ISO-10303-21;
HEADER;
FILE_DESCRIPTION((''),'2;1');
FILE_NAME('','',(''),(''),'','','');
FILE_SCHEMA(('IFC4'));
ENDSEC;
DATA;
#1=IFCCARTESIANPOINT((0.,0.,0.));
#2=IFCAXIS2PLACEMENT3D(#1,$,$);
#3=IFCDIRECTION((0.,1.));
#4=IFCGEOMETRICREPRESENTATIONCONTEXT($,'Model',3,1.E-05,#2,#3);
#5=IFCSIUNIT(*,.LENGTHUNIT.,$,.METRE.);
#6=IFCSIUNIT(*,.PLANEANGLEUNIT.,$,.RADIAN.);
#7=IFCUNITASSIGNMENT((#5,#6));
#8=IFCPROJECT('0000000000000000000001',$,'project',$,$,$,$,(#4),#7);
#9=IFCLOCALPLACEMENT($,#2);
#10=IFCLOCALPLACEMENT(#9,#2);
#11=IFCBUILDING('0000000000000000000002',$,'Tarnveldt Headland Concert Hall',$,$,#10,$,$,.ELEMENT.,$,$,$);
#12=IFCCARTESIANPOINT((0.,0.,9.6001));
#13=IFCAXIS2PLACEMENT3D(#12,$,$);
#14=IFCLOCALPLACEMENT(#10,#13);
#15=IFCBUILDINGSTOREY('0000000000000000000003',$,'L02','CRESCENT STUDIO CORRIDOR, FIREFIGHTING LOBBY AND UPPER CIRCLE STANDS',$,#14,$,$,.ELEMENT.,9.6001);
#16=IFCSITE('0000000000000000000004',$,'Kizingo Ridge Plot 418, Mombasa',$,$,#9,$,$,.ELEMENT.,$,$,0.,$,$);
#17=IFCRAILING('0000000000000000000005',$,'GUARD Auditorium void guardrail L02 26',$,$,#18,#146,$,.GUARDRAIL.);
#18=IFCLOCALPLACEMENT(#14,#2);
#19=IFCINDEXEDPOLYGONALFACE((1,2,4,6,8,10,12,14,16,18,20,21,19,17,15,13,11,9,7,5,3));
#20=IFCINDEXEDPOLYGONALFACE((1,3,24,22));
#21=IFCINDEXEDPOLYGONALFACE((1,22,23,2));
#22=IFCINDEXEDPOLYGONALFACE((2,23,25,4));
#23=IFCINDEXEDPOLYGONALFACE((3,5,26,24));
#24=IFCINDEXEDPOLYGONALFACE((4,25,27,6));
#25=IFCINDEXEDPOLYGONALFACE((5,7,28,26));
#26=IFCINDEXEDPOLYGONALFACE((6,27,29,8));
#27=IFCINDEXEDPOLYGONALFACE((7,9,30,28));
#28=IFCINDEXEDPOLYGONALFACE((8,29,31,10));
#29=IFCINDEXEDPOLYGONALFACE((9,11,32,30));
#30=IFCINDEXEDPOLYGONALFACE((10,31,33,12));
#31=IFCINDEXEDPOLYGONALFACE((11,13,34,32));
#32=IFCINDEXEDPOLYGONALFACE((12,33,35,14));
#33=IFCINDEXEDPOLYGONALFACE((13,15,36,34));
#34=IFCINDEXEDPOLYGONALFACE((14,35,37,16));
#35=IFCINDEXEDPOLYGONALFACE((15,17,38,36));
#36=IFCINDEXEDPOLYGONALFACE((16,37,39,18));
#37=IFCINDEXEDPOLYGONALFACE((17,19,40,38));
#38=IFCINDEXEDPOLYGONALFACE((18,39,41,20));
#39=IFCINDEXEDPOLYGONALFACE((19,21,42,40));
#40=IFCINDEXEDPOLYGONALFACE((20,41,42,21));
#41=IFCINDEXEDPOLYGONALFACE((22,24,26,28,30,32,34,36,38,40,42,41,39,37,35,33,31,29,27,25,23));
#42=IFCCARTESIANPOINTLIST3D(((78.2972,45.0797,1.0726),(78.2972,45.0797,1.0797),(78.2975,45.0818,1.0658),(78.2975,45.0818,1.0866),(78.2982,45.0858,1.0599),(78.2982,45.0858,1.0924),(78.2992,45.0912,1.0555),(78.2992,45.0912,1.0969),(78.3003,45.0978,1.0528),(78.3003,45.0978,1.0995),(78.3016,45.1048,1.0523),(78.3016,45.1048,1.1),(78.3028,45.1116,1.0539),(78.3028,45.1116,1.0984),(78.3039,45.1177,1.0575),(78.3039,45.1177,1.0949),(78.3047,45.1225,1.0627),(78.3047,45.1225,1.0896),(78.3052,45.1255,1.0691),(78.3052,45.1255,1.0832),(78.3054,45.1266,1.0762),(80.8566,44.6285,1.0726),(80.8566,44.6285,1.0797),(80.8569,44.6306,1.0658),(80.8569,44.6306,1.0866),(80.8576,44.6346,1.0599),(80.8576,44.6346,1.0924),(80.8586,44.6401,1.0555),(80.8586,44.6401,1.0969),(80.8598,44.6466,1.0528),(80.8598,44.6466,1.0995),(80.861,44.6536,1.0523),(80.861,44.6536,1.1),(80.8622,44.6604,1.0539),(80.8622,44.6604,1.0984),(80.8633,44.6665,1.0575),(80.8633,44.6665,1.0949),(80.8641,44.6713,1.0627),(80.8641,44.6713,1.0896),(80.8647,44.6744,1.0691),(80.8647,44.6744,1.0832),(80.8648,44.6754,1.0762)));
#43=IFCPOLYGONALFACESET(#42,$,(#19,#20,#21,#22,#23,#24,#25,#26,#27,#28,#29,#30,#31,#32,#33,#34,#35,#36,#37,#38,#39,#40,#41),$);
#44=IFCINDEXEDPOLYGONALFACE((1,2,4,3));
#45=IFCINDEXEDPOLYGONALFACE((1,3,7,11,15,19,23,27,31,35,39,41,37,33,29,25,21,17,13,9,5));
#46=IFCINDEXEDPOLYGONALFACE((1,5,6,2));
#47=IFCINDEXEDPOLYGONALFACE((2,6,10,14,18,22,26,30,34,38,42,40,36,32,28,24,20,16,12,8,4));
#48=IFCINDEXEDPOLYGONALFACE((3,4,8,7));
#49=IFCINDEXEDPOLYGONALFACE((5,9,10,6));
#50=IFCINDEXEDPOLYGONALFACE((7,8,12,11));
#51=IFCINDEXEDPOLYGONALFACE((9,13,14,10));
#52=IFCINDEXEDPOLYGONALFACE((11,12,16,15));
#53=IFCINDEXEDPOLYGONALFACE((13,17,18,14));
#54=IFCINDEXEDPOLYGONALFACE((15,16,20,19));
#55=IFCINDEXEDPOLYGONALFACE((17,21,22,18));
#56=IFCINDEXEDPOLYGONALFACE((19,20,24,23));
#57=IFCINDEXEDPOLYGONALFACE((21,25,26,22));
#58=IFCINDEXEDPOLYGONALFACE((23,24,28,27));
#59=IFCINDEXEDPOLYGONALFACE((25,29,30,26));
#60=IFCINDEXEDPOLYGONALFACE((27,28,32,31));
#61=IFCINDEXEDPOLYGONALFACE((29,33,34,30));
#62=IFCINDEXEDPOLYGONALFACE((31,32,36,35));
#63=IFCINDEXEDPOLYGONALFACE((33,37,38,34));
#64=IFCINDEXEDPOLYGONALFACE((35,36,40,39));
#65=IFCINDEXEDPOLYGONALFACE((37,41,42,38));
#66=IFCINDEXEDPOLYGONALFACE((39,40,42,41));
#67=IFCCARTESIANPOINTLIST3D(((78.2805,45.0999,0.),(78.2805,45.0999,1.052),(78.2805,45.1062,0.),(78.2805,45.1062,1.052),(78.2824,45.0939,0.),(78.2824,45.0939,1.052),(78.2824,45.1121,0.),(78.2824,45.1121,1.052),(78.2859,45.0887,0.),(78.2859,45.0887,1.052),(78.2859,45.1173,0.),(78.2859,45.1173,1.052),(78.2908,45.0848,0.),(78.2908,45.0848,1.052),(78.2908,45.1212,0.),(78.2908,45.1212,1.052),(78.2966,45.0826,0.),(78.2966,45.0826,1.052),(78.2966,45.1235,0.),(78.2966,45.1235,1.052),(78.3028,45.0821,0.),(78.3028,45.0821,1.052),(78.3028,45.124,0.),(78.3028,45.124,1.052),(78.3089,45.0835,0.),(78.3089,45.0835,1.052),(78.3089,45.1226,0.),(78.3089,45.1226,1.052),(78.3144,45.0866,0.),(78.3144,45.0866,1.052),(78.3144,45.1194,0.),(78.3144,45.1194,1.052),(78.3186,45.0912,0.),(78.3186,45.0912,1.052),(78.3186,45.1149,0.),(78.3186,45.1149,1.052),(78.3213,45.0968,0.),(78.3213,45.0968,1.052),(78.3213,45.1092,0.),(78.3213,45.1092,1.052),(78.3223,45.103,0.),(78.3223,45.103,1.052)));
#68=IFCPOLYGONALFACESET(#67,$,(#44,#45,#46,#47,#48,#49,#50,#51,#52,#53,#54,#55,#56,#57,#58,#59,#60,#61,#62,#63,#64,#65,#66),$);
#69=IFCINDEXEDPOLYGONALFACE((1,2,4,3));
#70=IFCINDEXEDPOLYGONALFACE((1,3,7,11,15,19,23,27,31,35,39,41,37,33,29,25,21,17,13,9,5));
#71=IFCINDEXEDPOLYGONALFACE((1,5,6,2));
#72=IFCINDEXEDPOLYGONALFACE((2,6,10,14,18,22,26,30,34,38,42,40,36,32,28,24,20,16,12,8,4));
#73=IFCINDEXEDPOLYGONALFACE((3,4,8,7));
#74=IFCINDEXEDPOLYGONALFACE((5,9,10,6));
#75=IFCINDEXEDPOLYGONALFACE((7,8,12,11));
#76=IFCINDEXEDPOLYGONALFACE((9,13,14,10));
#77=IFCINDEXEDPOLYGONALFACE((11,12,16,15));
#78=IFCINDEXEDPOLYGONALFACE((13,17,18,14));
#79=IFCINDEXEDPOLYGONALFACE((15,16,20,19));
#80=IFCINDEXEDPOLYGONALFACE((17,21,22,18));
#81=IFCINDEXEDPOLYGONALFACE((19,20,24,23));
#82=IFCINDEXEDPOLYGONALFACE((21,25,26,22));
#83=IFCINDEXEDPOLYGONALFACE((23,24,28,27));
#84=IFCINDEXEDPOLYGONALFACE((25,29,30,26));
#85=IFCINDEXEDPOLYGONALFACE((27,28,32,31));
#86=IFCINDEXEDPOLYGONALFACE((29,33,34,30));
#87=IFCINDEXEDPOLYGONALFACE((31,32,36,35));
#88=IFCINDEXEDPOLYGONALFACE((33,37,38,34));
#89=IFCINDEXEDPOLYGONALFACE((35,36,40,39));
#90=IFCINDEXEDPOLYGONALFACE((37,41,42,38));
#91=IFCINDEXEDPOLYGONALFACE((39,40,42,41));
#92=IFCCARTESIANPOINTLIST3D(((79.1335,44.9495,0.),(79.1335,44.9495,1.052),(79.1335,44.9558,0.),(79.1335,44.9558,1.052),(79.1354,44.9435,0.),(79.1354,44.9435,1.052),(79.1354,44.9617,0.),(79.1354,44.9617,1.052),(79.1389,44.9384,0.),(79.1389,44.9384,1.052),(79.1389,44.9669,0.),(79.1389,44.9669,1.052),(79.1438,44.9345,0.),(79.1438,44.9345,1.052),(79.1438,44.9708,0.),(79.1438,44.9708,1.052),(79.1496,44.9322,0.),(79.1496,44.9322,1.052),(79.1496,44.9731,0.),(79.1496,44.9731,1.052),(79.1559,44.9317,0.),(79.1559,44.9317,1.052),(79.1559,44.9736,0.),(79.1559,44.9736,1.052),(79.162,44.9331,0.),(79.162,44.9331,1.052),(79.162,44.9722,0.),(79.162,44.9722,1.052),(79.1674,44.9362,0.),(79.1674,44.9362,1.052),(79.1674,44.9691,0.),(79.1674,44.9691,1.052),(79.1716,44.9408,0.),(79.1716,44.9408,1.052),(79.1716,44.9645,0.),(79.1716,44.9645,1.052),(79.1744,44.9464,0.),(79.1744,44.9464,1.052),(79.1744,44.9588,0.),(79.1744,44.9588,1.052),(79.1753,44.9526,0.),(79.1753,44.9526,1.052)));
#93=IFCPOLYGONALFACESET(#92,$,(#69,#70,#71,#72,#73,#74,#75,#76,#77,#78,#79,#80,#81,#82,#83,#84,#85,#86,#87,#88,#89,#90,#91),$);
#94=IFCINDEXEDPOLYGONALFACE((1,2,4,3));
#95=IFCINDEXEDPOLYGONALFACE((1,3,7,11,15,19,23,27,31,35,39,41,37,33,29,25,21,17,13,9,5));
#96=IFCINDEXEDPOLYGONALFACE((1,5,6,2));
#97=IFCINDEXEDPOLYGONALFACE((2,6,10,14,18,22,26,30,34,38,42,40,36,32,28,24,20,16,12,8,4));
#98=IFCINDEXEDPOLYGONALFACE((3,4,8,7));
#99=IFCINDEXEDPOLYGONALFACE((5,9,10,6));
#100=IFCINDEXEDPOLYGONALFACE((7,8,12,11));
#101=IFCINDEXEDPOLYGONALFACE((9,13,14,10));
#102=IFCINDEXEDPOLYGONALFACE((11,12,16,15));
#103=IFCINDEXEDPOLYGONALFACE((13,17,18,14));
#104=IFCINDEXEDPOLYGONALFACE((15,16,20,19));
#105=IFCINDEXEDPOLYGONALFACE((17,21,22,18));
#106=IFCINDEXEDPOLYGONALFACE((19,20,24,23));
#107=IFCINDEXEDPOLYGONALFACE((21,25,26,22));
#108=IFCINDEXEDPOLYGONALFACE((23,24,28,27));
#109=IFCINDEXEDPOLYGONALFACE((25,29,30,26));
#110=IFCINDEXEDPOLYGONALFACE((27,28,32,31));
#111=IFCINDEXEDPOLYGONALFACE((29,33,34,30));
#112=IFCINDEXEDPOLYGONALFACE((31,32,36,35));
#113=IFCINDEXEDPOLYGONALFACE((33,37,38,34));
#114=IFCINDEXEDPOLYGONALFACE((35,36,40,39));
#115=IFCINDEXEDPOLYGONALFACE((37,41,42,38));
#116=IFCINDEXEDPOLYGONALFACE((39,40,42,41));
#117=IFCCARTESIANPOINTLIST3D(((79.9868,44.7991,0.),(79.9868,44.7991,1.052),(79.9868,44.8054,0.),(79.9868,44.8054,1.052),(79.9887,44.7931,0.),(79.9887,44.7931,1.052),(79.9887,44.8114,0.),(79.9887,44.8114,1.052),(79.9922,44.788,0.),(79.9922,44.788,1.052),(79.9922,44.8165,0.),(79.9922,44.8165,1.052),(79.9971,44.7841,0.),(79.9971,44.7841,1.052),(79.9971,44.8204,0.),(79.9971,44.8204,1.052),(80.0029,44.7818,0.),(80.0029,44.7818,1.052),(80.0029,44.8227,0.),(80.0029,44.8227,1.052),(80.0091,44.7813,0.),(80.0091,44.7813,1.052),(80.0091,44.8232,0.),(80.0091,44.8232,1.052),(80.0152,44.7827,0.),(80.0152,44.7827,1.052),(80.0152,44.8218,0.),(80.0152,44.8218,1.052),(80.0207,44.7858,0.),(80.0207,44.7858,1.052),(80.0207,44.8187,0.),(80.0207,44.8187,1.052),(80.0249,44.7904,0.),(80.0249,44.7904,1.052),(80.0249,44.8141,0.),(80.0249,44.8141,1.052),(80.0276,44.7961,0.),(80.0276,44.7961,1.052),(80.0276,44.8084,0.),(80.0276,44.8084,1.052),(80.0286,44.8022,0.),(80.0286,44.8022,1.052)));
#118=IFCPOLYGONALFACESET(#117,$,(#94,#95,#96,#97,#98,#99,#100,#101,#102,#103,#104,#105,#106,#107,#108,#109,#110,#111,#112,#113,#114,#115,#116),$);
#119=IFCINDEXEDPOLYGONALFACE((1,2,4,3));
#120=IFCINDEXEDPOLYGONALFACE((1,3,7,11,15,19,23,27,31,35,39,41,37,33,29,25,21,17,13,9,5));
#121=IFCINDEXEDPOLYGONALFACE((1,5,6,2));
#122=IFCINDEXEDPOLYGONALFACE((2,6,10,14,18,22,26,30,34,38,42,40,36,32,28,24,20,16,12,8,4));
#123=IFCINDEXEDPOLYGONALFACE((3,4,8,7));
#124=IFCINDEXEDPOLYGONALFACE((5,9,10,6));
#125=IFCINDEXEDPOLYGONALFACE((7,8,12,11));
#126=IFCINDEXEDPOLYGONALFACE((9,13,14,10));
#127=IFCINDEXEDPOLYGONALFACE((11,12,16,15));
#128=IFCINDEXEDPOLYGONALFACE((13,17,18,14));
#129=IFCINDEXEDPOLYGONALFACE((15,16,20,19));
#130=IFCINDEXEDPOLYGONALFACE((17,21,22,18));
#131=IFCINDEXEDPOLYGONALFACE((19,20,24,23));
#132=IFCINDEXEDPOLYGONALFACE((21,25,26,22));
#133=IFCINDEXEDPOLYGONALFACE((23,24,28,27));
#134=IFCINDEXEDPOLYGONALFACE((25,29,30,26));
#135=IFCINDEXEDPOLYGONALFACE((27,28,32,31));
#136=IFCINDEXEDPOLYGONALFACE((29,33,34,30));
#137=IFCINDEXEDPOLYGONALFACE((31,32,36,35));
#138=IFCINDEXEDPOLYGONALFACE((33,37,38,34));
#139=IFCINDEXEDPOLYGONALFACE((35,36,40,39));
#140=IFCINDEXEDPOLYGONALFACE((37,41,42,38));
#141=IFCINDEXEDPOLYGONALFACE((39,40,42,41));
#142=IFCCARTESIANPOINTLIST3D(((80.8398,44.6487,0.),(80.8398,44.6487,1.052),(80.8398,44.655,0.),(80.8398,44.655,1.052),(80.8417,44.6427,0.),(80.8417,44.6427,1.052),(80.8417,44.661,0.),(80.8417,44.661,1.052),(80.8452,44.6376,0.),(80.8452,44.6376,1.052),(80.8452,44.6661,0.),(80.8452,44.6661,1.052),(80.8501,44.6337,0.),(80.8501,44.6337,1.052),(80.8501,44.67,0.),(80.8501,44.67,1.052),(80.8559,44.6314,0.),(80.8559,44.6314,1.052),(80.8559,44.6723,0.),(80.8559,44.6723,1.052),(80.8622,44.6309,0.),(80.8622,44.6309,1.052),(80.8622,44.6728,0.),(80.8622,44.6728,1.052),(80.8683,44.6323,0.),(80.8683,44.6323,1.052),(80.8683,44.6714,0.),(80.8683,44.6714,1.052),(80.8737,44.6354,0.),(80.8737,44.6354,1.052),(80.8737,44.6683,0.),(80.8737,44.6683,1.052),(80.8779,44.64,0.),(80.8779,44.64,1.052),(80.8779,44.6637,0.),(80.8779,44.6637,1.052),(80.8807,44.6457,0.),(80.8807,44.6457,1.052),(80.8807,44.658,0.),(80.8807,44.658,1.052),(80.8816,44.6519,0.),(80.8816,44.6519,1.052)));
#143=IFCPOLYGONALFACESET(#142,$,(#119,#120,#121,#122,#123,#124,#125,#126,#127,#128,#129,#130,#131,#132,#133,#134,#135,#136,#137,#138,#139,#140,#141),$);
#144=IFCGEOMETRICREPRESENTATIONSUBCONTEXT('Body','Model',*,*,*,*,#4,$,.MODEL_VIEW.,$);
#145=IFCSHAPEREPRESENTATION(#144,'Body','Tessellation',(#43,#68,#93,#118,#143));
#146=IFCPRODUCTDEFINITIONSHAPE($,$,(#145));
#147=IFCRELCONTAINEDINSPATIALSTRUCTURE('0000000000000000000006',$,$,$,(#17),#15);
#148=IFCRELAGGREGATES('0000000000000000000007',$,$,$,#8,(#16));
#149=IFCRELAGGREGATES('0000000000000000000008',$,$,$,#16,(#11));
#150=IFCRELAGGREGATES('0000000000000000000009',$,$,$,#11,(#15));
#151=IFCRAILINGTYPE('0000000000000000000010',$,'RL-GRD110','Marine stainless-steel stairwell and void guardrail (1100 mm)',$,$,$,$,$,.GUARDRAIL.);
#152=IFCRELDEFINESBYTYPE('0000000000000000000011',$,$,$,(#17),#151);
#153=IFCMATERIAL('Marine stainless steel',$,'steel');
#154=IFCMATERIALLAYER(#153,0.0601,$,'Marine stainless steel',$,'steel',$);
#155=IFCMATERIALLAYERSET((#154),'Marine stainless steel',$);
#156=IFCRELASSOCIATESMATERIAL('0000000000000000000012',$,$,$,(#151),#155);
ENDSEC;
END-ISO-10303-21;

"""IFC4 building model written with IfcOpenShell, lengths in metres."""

from ifc_helpers import new_model, si_unit, direction, frame, origin, origin_2d, place, context, subcontext, project, spatial, circle, extrude, material, layer, layer_set, type_object, element, save


model = new_model("IFC4")

# Units and contexts
model_context = context("Model", 3, precision=1e-05, world=origin(), true_north=direction((0.0, 1.0)))
body_context = subcontext(model_context, "Body", "Model", "MODEL_VIEW")
ifc_project = project(units=[si_unit("LENGTHUNIT", "METRE"), si_unit("PLANEANGLEUNIT", "RADIAN")], contexts=[model_context])

# Site, building, storey
site_placement = place(None, origin())
site = spatial("IfcSite", under=ifc_project, at=site_placement, Name="Kizingo Ridge Plot 418, Mombasa", CompositionType="ELEMENT", RefElevation=0.0)
building_placement = place(site_placement, origin())
building = spatial("IfcBuilding", under=site, at=building_placement, Name="Tarnveldt Headland Concert Hall", CompositionType="ELEMENT")
storey_placement = place(building_placement, frame((0.0, 0.0, 9.6001)))
storey = spatial("IfcBuildingStorey", under=building, at=storey_placement, Name="L02", Description="CRESCENT STUDIO CORRIDOR, FIREFIGHTING LOBBY AND UPPER CIRCLE STANDS", CompositionType="ELEMENT", Elevation=9.6001)

# Railing
ifc_material_1 = material(Name="Marine stainless steel", Category="steel")
ifc_layer_1 = layer(ifc_material_1, 0.0601, Name="Marine stainless steel", Category="steel")
ifc_layer_set_1 = layer_set([ifc_layer_1], Name="Marine stainless steel")
railing_type = type_object("IfcRailingType", Name="RL-GRD110", Description="Marine stainless-steel stairwell and void guardrail (1100 mm)", PredefinedType="GUARDRAIL", material=ifc_layer_set_1)
railing_1_placement = place(storey_placement, frame((78.3013, 45.103, 0.0)))
element("IfcRailing", 1, at=railing_1_placement, inside=storey, type_object=railing_type, Name="GUARD Auditorium void guardrail L02 26", PredefinedType="GUARDRAIL", context=body_context, shape_type="SweptSolid", body=[
    extrude(circle(Radius=0.0239, at=origin_2d()), frame((0.0, 0.0, 1.0762), z_axis=(0.984815, -0.173608, 0.0), x_axis=(0.173608, 0.984815, 0.0)), (0.0, 0.0, 1.0), 2.5989),
    extrude(circle(Radius=0.021, at=origin_2d()), origin(), (0.0, 0.0, 1.0), 1.052),
    extrude(circle(Radius=0.021, at=origin_2d()), frame((0.853, -0.1504, 0.0)), (0.0, 0.0, 1.0), 1.052),
    extrude(circle(Radius=0.021, at=origin_2d()), frame((1.7063, -0.3008, 0.0)), (0.0, 0.0, 1.0), 1.052),
    extrude(circle(Radius=0.021, at=origin_2d()), frame((2.5593, -0.4512, 0.0)), (0.0, 0.0, 1.0), 1.052),
])

save(model, "model.ifc")
